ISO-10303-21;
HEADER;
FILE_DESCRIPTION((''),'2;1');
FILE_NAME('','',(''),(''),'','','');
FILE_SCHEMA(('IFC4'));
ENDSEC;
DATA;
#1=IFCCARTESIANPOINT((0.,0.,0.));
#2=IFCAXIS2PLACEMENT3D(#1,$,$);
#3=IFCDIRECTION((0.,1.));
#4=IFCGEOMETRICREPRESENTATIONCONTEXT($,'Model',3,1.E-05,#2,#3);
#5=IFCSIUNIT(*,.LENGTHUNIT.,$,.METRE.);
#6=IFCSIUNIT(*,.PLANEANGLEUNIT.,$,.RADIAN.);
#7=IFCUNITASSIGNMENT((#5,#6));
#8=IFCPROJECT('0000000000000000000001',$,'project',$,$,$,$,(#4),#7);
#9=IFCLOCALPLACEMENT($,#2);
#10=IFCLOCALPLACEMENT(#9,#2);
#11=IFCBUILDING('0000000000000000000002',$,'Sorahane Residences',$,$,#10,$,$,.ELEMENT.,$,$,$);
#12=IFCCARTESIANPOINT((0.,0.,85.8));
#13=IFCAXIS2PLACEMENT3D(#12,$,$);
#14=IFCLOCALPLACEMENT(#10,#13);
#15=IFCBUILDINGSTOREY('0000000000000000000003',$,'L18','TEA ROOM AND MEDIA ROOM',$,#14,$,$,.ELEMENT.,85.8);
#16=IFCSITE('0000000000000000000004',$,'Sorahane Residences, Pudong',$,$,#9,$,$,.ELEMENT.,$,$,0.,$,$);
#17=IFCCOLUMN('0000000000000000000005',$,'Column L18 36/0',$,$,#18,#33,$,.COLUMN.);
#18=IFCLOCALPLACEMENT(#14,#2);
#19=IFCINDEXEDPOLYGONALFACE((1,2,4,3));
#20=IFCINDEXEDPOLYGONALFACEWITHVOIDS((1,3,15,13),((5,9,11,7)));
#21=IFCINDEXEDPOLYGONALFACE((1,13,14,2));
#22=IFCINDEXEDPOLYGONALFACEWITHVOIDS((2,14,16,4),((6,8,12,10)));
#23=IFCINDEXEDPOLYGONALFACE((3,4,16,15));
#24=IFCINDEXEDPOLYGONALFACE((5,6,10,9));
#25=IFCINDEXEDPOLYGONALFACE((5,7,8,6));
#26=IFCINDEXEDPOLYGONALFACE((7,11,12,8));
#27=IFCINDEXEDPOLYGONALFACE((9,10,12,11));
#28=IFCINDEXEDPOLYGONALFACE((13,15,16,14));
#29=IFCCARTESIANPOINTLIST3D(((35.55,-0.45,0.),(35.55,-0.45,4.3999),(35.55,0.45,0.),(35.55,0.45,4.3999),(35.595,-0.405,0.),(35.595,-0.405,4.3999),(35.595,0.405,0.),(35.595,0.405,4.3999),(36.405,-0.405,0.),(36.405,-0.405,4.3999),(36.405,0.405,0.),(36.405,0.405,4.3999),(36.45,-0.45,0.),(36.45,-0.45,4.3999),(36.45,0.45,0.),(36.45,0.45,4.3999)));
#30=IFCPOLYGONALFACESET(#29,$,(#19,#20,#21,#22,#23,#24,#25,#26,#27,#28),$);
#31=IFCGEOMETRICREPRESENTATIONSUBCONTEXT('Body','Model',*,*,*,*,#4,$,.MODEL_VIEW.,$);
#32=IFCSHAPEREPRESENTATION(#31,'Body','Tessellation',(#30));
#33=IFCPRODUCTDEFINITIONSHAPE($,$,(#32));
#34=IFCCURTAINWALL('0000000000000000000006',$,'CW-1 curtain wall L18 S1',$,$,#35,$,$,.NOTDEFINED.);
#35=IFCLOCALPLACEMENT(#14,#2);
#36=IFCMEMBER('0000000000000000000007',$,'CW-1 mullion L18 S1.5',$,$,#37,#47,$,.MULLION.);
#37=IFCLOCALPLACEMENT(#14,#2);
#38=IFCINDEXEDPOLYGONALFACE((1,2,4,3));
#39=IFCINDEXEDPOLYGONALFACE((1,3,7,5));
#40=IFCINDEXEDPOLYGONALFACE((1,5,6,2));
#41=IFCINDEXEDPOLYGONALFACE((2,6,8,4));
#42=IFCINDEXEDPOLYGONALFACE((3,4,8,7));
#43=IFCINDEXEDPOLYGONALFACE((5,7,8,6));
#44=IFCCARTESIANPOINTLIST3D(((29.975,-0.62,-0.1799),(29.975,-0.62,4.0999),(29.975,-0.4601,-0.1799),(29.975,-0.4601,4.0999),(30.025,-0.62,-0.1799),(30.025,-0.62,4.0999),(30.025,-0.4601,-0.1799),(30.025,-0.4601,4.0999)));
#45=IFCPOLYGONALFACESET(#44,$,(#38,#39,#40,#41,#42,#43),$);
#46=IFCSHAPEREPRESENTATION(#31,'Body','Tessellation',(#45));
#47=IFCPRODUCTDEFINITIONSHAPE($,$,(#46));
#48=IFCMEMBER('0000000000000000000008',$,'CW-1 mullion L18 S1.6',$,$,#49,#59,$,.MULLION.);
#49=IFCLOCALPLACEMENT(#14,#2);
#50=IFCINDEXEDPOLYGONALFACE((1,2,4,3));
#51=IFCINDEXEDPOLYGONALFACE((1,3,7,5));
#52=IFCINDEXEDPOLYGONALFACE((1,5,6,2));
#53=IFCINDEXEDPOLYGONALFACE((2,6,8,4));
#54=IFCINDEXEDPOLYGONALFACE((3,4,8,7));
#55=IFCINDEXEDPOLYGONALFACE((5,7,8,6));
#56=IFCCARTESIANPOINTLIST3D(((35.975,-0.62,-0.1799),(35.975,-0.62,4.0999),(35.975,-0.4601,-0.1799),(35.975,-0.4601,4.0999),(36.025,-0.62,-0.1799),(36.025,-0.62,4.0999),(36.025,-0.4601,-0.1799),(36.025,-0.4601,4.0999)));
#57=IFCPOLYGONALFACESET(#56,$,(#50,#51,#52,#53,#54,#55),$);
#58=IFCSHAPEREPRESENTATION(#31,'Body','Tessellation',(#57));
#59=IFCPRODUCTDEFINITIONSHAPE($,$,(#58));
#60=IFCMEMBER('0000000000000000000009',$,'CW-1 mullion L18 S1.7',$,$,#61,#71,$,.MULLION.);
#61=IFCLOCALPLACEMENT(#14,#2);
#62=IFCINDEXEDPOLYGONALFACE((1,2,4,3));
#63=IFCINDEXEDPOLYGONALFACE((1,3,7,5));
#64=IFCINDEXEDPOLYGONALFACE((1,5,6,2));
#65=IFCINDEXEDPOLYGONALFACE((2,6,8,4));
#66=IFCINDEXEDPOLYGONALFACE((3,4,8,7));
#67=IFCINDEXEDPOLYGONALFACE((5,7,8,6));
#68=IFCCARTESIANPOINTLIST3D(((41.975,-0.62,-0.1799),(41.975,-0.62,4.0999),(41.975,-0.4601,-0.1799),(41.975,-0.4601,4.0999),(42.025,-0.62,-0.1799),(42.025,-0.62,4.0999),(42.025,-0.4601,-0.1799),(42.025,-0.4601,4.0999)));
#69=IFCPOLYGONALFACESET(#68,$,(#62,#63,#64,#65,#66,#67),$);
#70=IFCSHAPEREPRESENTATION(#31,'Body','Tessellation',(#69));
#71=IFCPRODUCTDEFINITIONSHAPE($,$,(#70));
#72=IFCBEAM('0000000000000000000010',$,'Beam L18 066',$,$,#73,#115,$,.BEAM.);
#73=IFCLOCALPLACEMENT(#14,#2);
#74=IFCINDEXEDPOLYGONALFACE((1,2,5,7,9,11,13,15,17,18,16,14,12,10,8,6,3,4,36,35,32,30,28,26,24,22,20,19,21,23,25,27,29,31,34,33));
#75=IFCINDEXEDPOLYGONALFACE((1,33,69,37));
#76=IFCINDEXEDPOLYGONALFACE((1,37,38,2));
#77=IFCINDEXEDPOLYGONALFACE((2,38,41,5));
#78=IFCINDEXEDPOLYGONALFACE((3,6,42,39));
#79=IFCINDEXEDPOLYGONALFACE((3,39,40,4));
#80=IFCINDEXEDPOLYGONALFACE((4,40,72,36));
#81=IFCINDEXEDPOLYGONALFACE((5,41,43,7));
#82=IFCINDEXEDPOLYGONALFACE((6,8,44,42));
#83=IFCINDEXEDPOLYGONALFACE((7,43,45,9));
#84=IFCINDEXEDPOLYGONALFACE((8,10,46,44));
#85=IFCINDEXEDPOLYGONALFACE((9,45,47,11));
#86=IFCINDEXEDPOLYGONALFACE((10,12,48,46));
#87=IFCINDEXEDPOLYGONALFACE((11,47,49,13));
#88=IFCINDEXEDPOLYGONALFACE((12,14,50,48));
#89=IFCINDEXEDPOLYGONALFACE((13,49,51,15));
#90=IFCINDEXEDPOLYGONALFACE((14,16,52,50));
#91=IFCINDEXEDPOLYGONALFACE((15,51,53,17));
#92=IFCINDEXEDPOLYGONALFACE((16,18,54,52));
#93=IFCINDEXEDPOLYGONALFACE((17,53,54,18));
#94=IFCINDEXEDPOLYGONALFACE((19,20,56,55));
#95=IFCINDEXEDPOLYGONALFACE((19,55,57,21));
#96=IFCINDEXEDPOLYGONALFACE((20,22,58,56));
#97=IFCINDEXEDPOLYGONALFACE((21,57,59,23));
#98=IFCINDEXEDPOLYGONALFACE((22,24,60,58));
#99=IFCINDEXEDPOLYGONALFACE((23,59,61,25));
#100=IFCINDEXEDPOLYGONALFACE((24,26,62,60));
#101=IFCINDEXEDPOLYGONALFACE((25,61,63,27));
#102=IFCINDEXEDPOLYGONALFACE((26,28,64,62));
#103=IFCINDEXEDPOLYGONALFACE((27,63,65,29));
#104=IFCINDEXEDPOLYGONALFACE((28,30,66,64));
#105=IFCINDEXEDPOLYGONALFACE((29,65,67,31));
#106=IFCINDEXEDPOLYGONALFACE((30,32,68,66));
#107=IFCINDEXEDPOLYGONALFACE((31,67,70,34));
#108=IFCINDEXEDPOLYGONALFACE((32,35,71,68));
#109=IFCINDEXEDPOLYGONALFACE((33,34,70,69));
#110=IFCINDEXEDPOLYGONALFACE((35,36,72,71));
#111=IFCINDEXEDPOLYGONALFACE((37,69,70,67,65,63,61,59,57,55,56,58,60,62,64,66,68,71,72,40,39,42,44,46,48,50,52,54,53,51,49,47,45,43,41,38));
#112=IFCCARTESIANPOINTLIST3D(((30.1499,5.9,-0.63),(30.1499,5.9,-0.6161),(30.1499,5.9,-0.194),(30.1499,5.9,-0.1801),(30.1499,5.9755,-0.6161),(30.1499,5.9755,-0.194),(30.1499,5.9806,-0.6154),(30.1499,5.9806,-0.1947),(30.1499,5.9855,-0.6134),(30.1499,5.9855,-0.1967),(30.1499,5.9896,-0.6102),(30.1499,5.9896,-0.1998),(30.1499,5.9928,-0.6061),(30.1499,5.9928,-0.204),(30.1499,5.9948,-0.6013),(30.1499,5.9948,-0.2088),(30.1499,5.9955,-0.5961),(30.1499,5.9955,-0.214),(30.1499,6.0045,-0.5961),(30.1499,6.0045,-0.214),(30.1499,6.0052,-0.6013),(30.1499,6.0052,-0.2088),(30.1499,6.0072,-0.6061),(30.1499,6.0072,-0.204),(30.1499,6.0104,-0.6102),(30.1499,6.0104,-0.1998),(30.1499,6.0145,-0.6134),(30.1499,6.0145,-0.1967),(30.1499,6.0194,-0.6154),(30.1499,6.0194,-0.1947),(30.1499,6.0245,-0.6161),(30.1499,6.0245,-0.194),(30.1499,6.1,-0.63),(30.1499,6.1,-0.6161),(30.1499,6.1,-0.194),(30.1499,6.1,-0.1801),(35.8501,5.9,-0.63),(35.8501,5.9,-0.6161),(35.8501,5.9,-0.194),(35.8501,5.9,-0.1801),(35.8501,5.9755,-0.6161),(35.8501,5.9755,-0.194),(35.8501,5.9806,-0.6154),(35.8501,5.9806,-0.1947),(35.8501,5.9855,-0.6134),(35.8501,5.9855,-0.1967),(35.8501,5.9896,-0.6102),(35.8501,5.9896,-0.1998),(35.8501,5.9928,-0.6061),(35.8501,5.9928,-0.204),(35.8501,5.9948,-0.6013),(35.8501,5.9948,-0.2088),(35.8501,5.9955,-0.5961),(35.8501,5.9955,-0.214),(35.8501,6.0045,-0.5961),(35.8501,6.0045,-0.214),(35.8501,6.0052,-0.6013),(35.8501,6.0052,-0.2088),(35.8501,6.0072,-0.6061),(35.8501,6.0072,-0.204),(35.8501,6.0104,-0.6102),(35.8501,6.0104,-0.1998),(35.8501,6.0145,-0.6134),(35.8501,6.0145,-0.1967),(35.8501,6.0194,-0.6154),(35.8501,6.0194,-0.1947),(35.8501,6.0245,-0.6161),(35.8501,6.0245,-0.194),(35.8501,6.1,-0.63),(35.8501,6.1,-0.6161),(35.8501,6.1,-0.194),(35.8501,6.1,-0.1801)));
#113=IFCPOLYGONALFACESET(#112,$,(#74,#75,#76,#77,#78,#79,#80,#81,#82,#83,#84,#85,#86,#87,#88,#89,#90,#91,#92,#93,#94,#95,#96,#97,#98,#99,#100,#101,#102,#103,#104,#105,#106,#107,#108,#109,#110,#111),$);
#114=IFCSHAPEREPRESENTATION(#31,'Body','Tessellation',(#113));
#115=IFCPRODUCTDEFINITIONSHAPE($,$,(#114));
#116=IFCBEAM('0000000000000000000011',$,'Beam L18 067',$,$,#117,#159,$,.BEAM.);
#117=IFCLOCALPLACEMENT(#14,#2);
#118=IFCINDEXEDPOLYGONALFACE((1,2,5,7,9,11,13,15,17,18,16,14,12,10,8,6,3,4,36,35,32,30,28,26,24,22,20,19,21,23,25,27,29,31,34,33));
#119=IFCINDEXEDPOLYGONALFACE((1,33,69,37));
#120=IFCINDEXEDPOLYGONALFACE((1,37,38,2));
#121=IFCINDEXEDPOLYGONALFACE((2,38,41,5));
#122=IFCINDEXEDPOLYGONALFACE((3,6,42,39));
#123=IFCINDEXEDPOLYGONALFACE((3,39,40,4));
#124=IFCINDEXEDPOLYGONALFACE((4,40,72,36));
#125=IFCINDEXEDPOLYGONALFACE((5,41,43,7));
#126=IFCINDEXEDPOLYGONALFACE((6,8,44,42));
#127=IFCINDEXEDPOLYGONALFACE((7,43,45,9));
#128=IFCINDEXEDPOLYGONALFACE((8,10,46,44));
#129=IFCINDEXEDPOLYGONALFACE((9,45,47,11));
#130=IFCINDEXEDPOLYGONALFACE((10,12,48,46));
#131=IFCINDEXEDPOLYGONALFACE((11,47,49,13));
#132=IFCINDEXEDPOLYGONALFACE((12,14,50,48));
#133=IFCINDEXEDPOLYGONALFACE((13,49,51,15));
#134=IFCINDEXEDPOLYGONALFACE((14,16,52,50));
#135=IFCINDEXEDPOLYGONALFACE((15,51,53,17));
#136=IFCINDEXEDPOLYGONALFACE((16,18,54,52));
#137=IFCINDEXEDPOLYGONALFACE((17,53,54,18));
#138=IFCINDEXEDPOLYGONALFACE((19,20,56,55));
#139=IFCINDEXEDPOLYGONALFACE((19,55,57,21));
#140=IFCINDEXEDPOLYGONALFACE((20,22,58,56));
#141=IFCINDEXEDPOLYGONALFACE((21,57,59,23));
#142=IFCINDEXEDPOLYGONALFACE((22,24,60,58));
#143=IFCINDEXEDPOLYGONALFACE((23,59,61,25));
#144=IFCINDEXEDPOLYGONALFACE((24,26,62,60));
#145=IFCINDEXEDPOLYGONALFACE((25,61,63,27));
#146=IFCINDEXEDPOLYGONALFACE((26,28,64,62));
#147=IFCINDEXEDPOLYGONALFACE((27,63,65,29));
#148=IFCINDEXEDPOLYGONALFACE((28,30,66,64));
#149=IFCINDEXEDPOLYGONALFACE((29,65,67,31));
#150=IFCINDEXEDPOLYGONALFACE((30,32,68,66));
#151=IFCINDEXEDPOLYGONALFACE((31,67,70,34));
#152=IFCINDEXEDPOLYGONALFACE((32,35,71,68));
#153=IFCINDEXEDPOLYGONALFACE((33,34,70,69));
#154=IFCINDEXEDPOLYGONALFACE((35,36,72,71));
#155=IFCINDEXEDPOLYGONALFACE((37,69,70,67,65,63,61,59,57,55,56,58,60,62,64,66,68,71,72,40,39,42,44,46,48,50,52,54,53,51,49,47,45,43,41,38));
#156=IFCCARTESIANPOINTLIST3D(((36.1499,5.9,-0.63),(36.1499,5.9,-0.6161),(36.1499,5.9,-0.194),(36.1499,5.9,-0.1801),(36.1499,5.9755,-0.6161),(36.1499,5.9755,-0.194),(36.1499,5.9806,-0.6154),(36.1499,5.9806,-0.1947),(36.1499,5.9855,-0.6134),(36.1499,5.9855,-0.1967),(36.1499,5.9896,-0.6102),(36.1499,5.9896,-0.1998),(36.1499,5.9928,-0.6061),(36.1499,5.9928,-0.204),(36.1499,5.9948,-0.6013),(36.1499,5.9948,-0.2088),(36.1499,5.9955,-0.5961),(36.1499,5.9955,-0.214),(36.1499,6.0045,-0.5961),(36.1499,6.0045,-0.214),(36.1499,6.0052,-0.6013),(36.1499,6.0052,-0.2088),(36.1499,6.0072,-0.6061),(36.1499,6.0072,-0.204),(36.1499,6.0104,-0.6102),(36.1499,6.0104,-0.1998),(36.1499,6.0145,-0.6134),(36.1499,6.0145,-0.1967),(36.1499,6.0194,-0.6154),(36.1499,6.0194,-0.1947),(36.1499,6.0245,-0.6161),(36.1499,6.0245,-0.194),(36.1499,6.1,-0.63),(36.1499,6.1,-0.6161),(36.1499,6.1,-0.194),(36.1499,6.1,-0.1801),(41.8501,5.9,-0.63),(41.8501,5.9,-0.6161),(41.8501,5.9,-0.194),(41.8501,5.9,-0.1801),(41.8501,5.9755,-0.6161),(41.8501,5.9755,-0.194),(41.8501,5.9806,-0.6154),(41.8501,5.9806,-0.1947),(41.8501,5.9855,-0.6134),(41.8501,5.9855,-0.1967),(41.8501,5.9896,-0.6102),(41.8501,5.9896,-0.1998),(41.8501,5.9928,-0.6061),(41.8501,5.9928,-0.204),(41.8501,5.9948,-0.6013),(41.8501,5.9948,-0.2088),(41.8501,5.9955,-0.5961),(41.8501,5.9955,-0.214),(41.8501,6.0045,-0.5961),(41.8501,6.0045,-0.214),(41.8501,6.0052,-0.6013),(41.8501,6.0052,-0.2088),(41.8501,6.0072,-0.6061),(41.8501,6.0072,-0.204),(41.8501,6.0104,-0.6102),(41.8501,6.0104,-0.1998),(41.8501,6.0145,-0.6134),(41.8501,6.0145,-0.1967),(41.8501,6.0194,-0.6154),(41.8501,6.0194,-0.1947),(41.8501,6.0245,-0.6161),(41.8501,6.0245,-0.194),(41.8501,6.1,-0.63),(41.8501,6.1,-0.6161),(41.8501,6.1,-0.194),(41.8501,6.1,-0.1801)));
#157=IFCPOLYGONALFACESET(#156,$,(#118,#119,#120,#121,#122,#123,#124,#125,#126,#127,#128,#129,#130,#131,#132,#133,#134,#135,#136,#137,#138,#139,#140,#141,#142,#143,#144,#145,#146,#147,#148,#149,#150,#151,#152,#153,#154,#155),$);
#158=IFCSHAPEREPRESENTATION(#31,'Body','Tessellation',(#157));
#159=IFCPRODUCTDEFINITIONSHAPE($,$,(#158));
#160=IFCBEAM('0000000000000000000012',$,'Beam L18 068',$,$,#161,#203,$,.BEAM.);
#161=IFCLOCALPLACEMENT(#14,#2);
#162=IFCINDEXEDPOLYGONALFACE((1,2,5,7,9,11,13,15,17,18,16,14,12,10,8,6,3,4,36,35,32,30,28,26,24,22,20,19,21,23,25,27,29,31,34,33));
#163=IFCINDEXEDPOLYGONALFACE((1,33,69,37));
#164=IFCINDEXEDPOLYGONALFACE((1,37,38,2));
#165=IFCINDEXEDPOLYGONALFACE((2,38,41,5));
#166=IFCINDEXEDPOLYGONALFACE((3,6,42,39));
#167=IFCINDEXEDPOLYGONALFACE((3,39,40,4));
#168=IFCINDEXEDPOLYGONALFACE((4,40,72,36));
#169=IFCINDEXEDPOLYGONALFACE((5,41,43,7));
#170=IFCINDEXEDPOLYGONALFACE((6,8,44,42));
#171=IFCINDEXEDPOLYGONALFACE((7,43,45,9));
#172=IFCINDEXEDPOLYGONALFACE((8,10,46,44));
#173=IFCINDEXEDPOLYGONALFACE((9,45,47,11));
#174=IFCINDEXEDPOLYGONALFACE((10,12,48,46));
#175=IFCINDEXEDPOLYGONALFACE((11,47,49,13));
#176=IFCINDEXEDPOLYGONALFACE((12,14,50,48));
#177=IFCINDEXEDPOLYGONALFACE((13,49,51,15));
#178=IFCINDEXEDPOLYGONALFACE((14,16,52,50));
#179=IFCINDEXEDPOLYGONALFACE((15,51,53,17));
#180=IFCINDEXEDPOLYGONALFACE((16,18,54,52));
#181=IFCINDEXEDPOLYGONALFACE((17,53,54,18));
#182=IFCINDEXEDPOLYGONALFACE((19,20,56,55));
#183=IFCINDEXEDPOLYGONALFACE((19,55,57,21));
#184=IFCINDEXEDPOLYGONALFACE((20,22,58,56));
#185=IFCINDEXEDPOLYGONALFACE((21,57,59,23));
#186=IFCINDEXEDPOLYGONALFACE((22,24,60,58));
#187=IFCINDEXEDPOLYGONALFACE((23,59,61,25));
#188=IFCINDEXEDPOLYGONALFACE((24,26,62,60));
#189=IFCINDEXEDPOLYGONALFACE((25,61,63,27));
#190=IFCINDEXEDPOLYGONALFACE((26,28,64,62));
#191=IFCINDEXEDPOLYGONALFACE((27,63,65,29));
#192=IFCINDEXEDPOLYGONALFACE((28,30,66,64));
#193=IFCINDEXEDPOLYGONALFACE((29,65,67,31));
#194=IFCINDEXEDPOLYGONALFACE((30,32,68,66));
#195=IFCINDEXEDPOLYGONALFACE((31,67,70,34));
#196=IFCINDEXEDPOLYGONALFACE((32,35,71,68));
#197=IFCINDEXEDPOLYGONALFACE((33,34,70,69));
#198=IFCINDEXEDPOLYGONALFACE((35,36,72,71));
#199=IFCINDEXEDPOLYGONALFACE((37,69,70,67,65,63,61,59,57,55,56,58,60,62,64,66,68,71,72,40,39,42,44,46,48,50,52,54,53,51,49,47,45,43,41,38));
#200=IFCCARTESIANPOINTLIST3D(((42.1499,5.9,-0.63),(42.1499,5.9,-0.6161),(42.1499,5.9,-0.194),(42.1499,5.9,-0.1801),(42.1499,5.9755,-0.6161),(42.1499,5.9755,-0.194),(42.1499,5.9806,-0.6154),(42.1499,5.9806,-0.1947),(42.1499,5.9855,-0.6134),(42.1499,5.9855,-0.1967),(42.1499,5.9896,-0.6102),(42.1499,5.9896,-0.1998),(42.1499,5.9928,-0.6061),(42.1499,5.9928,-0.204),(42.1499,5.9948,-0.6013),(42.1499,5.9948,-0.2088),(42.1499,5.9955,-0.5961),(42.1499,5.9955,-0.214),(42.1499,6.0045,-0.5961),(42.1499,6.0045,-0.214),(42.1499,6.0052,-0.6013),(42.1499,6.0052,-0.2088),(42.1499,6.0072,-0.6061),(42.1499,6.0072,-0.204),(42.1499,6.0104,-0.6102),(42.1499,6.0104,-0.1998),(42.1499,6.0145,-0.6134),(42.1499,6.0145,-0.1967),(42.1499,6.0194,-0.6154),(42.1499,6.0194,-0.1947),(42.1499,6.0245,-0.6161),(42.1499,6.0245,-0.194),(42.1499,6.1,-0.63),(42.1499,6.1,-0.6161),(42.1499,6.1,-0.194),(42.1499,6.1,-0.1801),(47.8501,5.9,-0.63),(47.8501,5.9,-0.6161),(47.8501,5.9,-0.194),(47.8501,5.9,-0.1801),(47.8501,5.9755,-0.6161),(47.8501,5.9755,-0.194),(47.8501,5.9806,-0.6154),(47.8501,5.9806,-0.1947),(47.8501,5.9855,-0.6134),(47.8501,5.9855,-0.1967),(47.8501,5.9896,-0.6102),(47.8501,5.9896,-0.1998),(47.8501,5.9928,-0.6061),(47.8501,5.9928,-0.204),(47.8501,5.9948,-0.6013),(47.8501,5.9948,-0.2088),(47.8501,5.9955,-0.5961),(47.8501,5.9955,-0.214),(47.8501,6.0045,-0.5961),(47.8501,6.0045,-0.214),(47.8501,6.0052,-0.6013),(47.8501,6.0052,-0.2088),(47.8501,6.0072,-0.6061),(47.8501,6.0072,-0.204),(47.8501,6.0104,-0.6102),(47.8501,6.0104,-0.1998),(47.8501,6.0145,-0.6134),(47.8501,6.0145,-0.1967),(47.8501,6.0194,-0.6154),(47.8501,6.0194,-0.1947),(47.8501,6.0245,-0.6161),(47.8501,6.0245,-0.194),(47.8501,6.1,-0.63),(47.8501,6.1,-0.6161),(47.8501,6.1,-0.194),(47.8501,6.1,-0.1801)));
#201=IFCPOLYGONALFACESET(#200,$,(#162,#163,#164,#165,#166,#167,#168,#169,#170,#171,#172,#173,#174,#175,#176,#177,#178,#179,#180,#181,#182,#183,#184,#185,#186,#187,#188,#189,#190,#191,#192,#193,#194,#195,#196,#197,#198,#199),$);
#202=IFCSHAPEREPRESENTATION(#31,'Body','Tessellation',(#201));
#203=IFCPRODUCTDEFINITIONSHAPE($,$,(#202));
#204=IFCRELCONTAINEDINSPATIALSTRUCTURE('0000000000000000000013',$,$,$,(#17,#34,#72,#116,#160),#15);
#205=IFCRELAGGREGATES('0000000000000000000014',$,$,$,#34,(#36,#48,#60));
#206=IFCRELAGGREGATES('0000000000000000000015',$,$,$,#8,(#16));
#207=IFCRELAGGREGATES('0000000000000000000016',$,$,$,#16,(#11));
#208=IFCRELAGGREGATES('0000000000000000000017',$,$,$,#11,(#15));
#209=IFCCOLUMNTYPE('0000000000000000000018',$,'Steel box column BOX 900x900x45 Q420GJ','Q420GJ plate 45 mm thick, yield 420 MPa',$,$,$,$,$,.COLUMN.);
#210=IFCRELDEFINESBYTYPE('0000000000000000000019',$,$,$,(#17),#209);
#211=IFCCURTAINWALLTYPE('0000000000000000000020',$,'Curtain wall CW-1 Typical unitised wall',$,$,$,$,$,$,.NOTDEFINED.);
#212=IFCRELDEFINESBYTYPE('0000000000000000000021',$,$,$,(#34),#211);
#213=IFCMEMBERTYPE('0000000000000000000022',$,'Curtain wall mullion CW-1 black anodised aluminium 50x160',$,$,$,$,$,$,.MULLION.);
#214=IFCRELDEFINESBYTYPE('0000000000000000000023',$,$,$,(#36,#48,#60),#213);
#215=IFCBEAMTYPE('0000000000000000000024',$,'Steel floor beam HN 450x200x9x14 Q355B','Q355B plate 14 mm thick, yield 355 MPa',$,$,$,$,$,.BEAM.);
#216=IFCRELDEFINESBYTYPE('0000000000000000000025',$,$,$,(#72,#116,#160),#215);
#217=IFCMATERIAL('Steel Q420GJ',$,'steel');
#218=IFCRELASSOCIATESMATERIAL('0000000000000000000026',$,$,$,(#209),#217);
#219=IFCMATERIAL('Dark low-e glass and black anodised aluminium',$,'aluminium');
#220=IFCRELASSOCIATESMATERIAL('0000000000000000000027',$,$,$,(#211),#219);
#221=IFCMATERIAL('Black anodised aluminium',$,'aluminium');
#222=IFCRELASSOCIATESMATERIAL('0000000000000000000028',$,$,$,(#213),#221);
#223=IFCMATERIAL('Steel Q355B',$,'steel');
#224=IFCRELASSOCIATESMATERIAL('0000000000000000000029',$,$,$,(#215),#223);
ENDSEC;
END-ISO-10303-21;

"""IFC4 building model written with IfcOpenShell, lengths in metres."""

from ifc_helpers import new_model, si_unit, direction, frame, origin, origin_2d, place, context, subcontext, project, spatial, rectangle, hollow_rectangle, i_section, extrude, material, material_profile, profile_set, type_object, element, aggregate, save


model = new_model("IFC4")

# Units and contexts
model_context = context("Model", 3, precision=1e-05, world=origin(), true_north=direction((0.0, 1.0)))
body_context = subcontext(model_context, "Body", "Model", "MODEL_VIEW")
ifc_project = project(units=[si_unit("LENGTHUNIT", "METRE"), si_unit("PLANEANGLEUNIT", "RADIAN")], contexts=[model_context])

# Site, building, storey
site_placement = place(None, origin())
site = spatial("IfcSite", under=ifc_project, at=site_placement, Name="Sorahane Residences, Pudong", CompositionType="ELEMENT", RefElevation=0.0)
building_placement = place(site_placement, origin())
building = spatial("IfcBuilding", under=site, at=building_placement, Name="Sorahane Residences", CompositionType="ELEMENT")
storey_placement = place(building_placement, frame((0.0, 0.0, 85.8)))
storey = spatial("IfcBuildingStorey", under=building, at=storey_placement, Name="L18", Description="TEA ROOM AND MEDIA ROOM", CompositionType="ELEMENT", Elevation=85.8)

# Column
ifc_material_1 = material(Name="Steel Q420GJ", Category="steel")
ifc_material_profile_1 = material_profile(ifc_material_1, hollow_rectangle(XDim=0.8999, YDim=0.8999, WallThickness=0.0449, at=origin_2d()), Name="BOX 900x900x45")
ifc_profile_set_1 = profile_set([ifc_material_profile_1], Name="Steel Q420GJ")
column_type = type_object("IfcColumnType", Name="Steel box column BOX 900x900x45 Q420GJ", Description="Q420GJ plate 45 mm thick, yield 420 MPa", PredefinedType="COLUMN", material=ifc_profile_set_1)
column_placement = place(storey_placement, frame((36.0, 0.0, 0.0), z_axis=(0.0, 0.0, 1.0), x_axis=(1.0, 0.0, 0.0)))
element("IfcColumn", 1, at=column_placement, inside=storey, type_object=column_type, Name="Column L18 36/0", PredefinedType="COLUMN", context=body_context, shape_type="SweptSolid", body=[
    extrude(hollow_rectangle(XDim=0.8999, YDim=0.8999, WallThickness=0.0449, at=origin_2d()), origin(), (0.0, 0.0, 1.0), 4.3999),
])

# Curtain wall, members
ifc_material_2 = material(Name="Dark low-e glass and black anodised aluminium", Category="aluminium")
curtain_wall_type = type_object("IfcCurtainWallType", Name="Curtain wall CW-1 Typical unitised wall", PredefinedType="NOTDEFINED", material=ifc_material_2)
curtain_wall_placement = place(storey_placement, origin())
curtain_wall = element("IfcCurtainWall", 2, at=curtain_wall_placement, inside=storey, type_object=curtain_wall_type, Name="CW-1 curtain wall L18 S1", PredefinedType="NOTDEFINED")
ifc_material_3 = material(Name="Black anodised aluminium", Category="aluminium")
ifc_material_profile_2 = material_profile(ifc_material_3, rectangle(XDim=0.1599, YDim=0.05, at=origin_2d()), Name="Curtain wall mullion CW-1 black anodised aluminium 50x160")
ifc_profile_set_2 = profile_set([ifc_material_profile_2], Name="Black anodised aluminium")
member_type = type_object("IfcMemberType", Name="Curtain wall mullion CW-1 black anodised aluminium 50x160", PredefinedType="MULLION", material=ifc_profile_set_2)
member_1_placement = place(storey_placement, frame((30.0, -0.54, -0.1799), z_axis=(0.0, 0.0, 1.0), x_axis=(0.0, -1.0, 0.0)))
member_1 = element("IfcMember", 3, at=member_1_placement, type_object=member_type, Name="CW-1 mullion L18 S1.5", PredefinedType="MULLION", context=body_context, shape_type="SweptSolid", body=[
    extrude(rectangle(XDim=0.1599, YDim=0.05, at=origin_2d()), origin(), (0.0, 0.0, 1.0), 4.2798),
])
member_2_placement = place(storey_placement, frame((36.0, -0.54, -0.1799), z_axis=(0.0, 0.0, 1.0), x_axis=(0.0, -1.0, 0.0)))
member_2 = element("IfcMember", 4, at=member_2_placement, type_object=member_type, Name="CW-1 mullion L18 S1.6", PredefinedType="MULLION", context=body_context, shape_type="SweptSolid", body=[
    extrude(rectangle(XDim=0.1599, YDim=0.05, at=origin_2d()), origin(), (0.0, 0.0, 1.0), 4.2798),
])
member_3_placement = place(storey_placement, frame((42.0, -0.54, -0.1799), z_axis=(0.0, 0.0, 1.0), x_axis=(0.0, -1.0, 0.0)))
member_3 = element("IfcMember", 5, at=member_3_placement, type_object=member_type, Name="CW-1 mullion L18 S1.7", PredefinedType="MULLION", context=body_context, shape_type="SweptSolid", body=[
    extrude(rectangle(XDim=0.1599, YDim=0.05, at=origin_2d()), origin(), (0.0, 0.0, 1.0), 4.2798),
])

# Beams
ifc_material_4 = material(Name="Steel Q355B", Category="steel")
ifc_material_profile_3 = material_profile(ifc_material_4, i_section(OverallWidth=0.2, OverallDepth=0.45, WebThickness=0.009, FlangeThickness=0.0139, FilletRadius=0.02, at=origin_2d()), Name="HN 450x200x9x14")
ifc_profile_set_3 = profile_set([ifc_material_profile_3], Name="Steel Q355B")
beam_type_1 = type_object("IfcBeamType", Name="Steel floor beam HN 450x200x9x14 Q355B", Description="Q355B plate 14 mm thick, yield 355 MPa", PredefinedType="BEAM", material=ifc_profile_set_3)
for number, where, z_axis, x_axis, name in (
    (6, (30.1499, 6.0, -0.405), (1.0, 0.0, 0.0), (0.0, 1.0, 0.0), "Beam L18 066"),
    (7, (36.1499, 6.0, -0.405), (1.0, 0.0, 0.0), (0.0, 1.0, 0.0), "Beam L18 067"),
    (8, (42.1499, 6.0, -0.405), (1.0, 0.0, 0.0), (0.0, 1.0, 0.0), "Beam L18 068"),
):
    element("IfcBeam", number, at=place(storey_placement, frame(where, z_axis=z_axis, x_axis=x_axis)), inside=storey, type_object=beam_type_1, Name=name, PredefinedType="BEAM", context=body_context, shape_type="SweptSolid", body=[
        extrude(i_section(OverallWidth=0.2, OverallDepth=0.45, WebThickness=0.009, FlangeThickness=0.0139, FilletRadius=0.02, at=origin_2d()), origin(), (0.0, 0.0, 1.0), 5.7002),
    ])

aggregate(curtain_wall, [member_1, member_2, member_3])

save(model, "model.ifc")
